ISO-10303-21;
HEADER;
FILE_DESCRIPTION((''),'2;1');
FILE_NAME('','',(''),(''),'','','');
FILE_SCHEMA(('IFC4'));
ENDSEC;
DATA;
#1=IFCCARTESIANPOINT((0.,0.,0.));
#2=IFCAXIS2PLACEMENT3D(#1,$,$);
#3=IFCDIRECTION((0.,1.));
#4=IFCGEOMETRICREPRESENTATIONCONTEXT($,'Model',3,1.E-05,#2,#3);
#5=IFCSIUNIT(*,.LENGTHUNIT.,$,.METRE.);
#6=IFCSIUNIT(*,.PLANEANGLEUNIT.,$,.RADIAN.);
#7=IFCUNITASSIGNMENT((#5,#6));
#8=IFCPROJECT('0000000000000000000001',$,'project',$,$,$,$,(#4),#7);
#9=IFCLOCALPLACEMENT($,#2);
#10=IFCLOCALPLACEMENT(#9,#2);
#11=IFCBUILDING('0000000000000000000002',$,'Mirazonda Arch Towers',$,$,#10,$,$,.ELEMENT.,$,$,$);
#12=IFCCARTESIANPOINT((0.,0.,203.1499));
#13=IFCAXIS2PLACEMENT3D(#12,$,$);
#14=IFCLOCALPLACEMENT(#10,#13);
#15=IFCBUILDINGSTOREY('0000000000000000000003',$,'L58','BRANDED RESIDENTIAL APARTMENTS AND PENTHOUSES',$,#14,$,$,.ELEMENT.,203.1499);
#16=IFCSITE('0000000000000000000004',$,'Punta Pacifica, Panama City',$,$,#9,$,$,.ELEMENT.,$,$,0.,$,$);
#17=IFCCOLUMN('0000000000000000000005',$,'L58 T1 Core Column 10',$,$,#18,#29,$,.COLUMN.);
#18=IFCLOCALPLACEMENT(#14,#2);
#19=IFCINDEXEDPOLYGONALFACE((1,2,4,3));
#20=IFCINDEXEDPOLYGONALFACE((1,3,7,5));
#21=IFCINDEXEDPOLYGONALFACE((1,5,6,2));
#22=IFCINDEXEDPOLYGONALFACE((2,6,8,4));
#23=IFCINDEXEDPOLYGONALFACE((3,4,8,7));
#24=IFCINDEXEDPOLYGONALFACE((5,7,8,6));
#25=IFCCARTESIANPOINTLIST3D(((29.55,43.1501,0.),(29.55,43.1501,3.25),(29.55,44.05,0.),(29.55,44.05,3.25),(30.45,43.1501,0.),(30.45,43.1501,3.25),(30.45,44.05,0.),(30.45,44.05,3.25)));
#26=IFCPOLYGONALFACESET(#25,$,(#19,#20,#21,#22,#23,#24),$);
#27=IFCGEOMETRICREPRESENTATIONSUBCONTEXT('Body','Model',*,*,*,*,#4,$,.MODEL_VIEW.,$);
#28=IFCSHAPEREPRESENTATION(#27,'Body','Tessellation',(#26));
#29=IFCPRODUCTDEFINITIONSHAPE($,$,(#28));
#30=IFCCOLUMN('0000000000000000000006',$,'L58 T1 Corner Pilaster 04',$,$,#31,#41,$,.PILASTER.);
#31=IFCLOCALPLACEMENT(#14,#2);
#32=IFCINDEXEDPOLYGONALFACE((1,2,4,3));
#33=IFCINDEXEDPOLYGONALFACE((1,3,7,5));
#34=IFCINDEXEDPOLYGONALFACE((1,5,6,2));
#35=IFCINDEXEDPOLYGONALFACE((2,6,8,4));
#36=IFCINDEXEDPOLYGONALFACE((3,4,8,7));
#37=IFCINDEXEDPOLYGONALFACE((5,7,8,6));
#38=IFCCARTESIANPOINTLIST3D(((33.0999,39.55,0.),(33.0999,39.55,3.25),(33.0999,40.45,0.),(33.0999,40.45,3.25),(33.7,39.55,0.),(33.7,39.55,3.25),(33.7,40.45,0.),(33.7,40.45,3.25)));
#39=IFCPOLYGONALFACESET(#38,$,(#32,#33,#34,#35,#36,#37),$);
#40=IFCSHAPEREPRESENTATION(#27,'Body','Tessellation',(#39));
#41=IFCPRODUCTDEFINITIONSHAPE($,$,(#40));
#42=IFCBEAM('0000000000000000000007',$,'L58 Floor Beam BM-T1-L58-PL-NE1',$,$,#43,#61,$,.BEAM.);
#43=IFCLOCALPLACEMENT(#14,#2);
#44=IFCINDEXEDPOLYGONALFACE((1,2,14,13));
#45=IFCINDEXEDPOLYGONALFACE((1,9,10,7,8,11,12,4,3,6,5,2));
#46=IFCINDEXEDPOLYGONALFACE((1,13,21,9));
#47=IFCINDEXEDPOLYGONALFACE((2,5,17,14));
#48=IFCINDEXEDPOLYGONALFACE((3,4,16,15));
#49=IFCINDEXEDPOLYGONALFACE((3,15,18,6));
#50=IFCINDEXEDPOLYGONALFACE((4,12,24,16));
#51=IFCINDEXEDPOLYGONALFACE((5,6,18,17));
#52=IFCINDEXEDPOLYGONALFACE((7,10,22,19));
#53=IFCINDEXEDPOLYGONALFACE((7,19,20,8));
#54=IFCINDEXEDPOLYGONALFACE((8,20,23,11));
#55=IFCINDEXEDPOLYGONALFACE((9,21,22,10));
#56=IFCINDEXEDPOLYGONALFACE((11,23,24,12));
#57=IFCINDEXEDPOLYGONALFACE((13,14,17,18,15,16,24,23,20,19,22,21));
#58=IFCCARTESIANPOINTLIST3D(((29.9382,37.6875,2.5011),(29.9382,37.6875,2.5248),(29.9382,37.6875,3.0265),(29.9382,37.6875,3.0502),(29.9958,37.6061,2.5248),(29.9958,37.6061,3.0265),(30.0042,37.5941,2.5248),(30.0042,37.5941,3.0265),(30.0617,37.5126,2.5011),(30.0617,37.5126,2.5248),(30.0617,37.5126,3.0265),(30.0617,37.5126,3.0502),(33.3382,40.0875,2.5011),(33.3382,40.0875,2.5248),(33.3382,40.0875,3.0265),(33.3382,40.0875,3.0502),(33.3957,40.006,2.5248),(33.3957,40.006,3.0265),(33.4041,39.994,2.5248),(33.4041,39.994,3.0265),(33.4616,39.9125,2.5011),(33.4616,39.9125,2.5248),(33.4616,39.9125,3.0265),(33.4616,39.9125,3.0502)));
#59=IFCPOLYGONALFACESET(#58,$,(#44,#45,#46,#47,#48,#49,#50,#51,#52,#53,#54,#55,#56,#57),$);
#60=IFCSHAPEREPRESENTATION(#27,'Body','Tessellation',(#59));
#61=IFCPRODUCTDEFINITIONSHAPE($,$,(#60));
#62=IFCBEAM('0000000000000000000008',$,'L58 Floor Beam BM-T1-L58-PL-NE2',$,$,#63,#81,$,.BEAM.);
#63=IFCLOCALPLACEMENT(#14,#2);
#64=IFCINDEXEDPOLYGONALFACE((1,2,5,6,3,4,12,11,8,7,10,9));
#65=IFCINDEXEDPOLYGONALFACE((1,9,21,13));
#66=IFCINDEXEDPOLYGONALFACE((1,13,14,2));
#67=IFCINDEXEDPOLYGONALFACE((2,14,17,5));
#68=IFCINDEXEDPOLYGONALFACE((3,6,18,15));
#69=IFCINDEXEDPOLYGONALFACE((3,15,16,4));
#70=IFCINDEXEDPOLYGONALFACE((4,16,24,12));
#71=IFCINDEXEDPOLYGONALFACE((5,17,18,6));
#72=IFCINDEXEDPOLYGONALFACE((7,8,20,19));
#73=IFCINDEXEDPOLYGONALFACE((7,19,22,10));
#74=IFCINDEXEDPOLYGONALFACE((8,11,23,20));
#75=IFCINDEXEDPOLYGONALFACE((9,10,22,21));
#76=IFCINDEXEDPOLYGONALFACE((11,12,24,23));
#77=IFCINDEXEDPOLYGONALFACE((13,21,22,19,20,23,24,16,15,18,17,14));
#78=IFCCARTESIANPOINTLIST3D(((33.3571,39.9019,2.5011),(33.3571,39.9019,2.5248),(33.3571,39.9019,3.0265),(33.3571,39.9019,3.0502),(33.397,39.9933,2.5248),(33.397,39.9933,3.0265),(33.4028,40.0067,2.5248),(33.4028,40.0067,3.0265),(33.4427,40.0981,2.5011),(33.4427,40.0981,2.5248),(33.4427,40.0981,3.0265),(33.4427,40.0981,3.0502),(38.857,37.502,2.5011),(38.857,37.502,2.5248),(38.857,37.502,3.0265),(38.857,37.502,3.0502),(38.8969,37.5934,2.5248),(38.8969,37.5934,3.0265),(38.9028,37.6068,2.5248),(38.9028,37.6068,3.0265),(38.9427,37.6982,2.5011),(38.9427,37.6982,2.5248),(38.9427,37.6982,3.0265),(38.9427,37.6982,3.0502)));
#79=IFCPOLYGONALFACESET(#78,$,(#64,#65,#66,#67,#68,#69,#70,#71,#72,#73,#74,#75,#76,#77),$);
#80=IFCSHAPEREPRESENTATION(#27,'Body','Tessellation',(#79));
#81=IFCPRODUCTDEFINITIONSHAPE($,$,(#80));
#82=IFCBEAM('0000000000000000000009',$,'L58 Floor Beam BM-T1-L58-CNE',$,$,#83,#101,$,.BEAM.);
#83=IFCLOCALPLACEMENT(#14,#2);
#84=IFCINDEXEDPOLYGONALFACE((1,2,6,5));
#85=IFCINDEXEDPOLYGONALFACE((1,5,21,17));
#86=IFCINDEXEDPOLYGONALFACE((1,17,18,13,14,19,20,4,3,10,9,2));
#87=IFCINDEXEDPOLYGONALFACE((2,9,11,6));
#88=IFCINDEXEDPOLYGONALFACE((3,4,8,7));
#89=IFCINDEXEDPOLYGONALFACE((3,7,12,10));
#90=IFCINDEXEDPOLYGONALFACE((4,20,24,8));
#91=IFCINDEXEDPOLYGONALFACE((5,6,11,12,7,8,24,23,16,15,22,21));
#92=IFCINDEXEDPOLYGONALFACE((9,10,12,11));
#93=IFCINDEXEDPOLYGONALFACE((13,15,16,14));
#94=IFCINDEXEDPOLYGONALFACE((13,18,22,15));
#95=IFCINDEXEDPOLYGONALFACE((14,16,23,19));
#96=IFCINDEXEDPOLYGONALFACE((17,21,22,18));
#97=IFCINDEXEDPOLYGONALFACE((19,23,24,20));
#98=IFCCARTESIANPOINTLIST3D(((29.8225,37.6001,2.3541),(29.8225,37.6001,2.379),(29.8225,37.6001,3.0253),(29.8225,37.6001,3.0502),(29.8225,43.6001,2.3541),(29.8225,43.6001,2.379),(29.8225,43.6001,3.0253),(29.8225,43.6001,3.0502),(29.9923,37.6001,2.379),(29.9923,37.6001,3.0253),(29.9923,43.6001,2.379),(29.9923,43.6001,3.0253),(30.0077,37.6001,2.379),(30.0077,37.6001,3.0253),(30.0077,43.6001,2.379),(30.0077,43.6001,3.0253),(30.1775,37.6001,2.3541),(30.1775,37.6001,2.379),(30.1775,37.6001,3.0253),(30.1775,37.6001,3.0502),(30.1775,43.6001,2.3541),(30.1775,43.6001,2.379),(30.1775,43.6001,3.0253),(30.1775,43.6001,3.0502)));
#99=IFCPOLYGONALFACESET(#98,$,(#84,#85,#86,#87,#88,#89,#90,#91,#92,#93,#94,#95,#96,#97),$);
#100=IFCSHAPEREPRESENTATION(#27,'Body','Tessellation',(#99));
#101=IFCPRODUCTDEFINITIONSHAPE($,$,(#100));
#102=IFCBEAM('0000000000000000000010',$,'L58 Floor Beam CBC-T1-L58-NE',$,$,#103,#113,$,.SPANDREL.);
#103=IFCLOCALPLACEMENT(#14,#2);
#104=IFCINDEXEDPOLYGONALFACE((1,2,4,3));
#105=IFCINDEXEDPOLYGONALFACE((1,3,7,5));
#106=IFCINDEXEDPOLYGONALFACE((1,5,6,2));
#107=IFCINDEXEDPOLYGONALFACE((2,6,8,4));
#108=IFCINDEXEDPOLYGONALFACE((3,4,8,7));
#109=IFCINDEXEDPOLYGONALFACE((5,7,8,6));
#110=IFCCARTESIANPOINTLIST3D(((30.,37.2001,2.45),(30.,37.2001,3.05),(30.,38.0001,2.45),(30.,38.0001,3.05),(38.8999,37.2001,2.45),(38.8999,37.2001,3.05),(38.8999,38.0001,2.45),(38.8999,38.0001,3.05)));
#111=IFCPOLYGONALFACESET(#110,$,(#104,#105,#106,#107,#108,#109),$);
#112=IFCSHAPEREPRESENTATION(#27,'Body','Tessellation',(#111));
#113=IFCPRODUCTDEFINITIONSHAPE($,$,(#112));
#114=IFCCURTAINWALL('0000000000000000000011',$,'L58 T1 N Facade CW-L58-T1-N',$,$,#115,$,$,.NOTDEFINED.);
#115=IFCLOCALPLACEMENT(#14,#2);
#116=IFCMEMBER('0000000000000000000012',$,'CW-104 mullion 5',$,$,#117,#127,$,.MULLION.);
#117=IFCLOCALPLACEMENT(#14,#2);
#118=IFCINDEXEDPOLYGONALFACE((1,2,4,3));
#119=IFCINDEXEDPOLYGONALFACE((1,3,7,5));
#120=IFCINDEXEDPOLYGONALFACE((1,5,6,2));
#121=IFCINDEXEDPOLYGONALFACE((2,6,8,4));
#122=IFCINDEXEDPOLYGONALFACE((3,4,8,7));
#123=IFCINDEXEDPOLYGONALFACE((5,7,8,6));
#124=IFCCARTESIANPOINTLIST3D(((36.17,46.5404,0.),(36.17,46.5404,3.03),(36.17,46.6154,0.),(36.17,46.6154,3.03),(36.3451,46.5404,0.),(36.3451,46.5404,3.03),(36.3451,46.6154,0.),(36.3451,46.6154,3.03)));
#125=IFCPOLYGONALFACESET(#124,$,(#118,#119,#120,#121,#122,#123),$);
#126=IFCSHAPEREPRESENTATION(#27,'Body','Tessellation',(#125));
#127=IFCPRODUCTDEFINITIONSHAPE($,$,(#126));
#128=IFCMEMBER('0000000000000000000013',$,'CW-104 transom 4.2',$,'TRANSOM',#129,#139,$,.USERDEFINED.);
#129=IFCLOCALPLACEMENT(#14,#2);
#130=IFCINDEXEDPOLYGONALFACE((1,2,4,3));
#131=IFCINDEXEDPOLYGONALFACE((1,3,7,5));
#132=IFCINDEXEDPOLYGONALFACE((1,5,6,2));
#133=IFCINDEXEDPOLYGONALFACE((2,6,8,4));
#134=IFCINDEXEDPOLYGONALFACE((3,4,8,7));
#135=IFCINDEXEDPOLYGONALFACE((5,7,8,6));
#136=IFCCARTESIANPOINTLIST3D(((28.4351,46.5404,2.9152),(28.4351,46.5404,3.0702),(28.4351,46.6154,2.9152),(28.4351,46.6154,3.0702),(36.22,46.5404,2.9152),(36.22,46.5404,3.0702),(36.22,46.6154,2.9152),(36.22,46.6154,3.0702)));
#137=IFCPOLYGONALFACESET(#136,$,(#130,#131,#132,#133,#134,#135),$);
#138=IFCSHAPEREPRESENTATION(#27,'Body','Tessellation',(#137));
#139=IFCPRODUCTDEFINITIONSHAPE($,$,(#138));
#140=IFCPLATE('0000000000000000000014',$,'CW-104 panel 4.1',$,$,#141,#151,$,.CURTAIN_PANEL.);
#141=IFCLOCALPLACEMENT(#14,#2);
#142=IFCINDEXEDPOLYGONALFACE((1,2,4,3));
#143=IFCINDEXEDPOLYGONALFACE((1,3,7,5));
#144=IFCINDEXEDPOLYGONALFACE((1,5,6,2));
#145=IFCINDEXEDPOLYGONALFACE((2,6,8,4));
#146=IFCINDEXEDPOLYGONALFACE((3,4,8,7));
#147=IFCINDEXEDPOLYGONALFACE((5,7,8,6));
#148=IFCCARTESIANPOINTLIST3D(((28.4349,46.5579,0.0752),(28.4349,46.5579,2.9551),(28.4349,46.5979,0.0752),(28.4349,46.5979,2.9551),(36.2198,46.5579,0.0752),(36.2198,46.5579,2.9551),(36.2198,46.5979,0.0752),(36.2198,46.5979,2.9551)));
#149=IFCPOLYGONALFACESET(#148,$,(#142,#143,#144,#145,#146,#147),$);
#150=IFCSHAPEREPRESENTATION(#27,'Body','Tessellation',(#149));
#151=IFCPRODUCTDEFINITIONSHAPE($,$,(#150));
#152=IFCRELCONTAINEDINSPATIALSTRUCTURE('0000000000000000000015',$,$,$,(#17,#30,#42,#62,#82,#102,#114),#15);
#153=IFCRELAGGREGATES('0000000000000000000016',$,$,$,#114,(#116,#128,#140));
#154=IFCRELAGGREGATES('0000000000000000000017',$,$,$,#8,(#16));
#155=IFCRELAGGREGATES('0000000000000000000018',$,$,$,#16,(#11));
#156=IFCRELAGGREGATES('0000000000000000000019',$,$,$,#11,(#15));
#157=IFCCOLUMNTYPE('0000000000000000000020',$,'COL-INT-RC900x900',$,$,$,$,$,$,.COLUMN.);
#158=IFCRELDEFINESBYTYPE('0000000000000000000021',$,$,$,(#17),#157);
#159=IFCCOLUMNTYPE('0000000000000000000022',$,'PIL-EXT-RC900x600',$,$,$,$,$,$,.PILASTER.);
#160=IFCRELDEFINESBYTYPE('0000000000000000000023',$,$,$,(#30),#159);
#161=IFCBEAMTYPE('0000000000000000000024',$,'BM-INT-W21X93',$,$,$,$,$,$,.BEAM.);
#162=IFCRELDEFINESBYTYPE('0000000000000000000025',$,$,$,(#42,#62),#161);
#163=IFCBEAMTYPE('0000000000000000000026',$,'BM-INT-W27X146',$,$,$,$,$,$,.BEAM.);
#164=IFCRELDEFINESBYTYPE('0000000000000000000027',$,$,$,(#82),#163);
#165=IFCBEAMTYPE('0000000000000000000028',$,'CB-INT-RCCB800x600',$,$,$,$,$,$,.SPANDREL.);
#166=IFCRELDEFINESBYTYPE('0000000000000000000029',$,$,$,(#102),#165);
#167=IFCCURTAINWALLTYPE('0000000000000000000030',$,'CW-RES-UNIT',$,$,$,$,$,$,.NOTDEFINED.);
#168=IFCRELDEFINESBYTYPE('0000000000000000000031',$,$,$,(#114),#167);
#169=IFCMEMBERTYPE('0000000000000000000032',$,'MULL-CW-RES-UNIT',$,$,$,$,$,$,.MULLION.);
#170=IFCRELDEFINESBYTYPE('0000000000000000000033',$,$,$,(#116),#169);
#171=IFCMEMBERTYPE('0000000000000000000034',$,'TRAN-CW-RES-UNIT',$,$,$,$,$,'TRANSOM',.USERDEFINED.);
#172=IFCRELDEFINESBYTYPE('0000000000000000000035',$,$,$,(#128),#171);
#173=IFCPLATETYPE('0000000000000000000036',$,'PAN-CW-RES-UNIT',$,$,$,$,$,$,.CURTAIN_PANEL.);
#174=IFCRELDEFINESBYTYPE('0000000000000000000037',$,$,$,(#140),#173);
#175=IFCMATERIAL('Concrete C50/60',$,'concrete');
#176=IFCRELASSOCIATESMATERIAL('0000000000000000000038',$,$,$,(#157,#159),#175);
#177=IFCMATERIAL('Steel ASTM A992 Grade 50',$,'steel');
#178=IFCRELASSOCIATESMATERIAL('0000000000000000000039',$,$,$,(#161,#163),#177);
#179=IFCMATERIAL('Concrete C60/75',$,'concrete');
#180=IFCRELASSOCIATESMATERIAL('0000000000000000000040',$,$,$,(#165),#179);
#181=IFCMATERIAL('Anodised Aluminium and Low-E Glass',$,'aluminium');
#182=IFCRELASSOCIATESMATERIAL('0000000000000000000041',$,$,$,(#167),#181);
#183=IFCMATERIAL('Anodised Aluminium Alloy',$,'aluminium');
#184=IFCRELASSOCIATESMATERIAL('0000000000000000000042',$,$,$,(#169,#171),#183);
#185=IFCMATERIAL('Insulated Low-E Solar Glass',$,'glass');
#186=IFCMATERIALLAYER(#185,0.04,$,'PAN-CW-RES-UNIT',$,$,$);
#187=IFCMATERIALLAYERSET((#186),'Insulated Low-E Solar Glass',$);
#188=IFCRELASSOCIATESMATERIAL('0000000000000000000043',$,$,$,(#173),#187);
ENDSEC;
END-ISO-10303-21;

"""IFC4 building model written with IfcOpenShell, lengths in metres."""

from ifc_helpers import new_model, si_unit, direction, frame, origin, origin_2d, place, context, subcontext, project, spatial, rectangle, i_section, extrude, material, layer, layer_set, material_profile, profile_set, type_object, element, aggregate, save


model = new_model("IFC4")

# Units and contexts
model_context = context("Model", 3, precision=1e-05, world=origin(), true_north=direction((0.0, 1.0)))
body_context = subcontext(model_context, "Body", "Model", "MODEL_VIEW")
ifc_project = project(units=[si_unit("LENGTHUNIT", "METRE"), si_unit("PLANEANGLEUNIT", "RADIAN")], contexts=[model_context])

# Site, building, storey
site_placement = place(None, origin())
site = spatial("IfcSite", under=ifc_project, at=site_placement, Name="Punta Pacifica, Panama City", CompositionType="ELEMENT", RefElevation=0.0)
building_placement = place(site_placement, origin())
building = spatial("IfcBuilding", under=site, at=building_placement, Name="Mirazonda Arch Towers", CompositionType="ELEMENT")
storey_placement = place(building_placement, frame((0.0, 0.0, 203.1499)))
storey = spatial("IfcBuildingStorey", under=building, at=storey_placement, Name="L58", Description="BRANDED RESIDENTIAL APARTMENTS AND PENTHOUSES", CompositionType="ELEMENT", Elevation=203.1499)

# Columns
ifc_material_1 = material(Name="Concrete C50/60", Category="concrete")
ifc_material_profile_1 = material_profile(ifc_material_1, rectangle(XDim=0.8999, YDim=0.8999, at=origin_2d()), Name="RC900x900")
ifc_profile_set_1 = profile_set([ifc_material_profile_1], Name="Concrete C50/60")
column_type_1 = type_object("IfcColumnType", Name="COL-INT-RC900x900", PredefinedType="COLUMN", material=ifc_profile_set_1)
column_1_placement = place(storey_placement, frame((30.0, 43.6001, 0.0), z_axis=(0.0, 0.0, 1.0), x_axis=(1.0, 0.0, 0.0)))
element("IfcColumn", 1, at=column_1_placement, inside=storey, type_object=column_type_1, Name="L58 T1 Core Column 10", PredefinedType="COLUMN", context=body_context, shape_type="SweptSolid", body=[
    extrude(rectangle(XDim=0.8999, YDim=0.8999, at=origin_2d()), origin(), (0.0, 0.0, 1.0), 3.25),
])
ifc_material_profile_2 = material_profile(ifc_material_1, rectangle(XDim=0.6001, YDim=0.8999, at=origin_2d()), Name="RC900x600")
ifc_profile_set_2 = profile_set([ifc_material_profile_2], Name="Concrete C50/60")
column_type_2 = type_object("IfcColumnType", Name="PIL-EXT-RC900x600", PredefinedType="PILASTER", material=ifc_profile_set_2)
column_2_placement = place(storey_placement, frame((33.3999, 40.0, 0.0), z_axis=(0.0, 0.0, 1.0), x_axis=(1.0, 0.0, 0.0)))
element("IfcColumn", 2, at=column_2_placement, inside=storey, type_object=column_type_2, Name="L58 T1 Corner Pilaster 04", PredefinedType="PILASTER", context=body_context, shape_type="SweptSolid", body=[
    extrude(rectangle(XDim=0.6001, YDim=0.8999, at=origin_2d()), origin(), (0.0, 0.0, 1.0), 3.25),
])

# Beams
ifc_material_2 = material(Name="Steel ASTM A992 Grade 50", Category="steel")
ifc_material_profile_3 = material_profile(ifc_material_2, i_section(OverallWidth=0.2141, OverallDepth=0.5491, WebThickness=0.0146, FlangeThickness=0.0237, at=origin_2d()), Name="W21X93")
ifc_profile_set_3 = profile_set([ifc_material_profile_3], Name="Steel ASTM A992 Grade 50")
beam_type_1 = type_object("IfcBeamType", Name="BM-INT-W21X93", PredefinedType="BEAM", material=ifc_profile_set_3)
beam_1_placement = place(storey_placement, frame((33.3999, 40.0, 2.7756), z_axis=(-0.816971, -0.576679, 0.0), x_axis=(0.576679, -0.816971, 0.0)))
element("IfcBeam", 3, at=beam_1_placement, inside=storey, type_object=beam_type_1, Name="L58 Floor Beam BM-T1-L58-PL-NE1", PredefinedType="BEAM", context=body_context, shape_type="SweptSolid", body=[
    extrude(i_section(OverallWidth=0.2141, OverallDepth=0.5491, WebThickness=0.0146, FlangeThickness=0.0237, at=origin_2d()), origin(), (0.0, 0.0, 1.0), 4.1616),
])
beam_2_placement = place(storey_placement, frame((33.3999, 40.0, 2.7756), z_axis=(0.916545, -0.399931, 0.0), x_axis=(0.399931, 0.916545, 0.0)))
element("IfcBeam", 4, at=beam_2_placement, inside=storey, type_object=beam_type_1, Name="L58 Floor Beam BM-T1-L58-PL-NE2", PredefinedType="BEAM", context=body_context, shape_type="SweptSolid", body=[
    extrude(i_section(OverallWidth=0.2141, OverallDepth=0.5491, WebThickness=0.0146, FlangeThickness=0.0237, at=origin_2d()), origin(), (0.0, 0.0, 1.0), 6.0007),
])
ifc_material_profile_4 = material_profile(ifc_material_2, i_section(OverallWidth=0.355, OverallDepth=0.696, WebThickness=0.0154, FlangeThickness=0.0249, at=origin_2d()), Name="W27X146")
ifc_profile_set_4 = profile_set([ifc_material_profile_4], Name="Steel ASTM A992 Grade 50")
beam_type_2 = type_object("IfcBeamType", Name="BM-INT-W27X146", PredefinedType="BEAM", material=ifc_profile_set_4)
beam_3_placement = place(storey_placement, frame((30.0, 37.6001, 2.7021), z_axis=(0.0, 1.0, 0.0), x_axis=(-1.0, 0.0, 0.0)))
element("IfcBeam", 5, at=beam_3_placement, inside=storey, type_object=beam_type_2, Name="L58 Floor Beam BM-T1-L58-CNE", PredefinedType="BEAM", context=body_context, shape_type="SweptSolid", body=[
    extrude(i_section(OverallWidth=0.355, OverallDepth=0.696, WebThickness=0.0154, FlangeThickness=0.0249, at=origin_2d()), origin(), (0.0, 0.0, 1.0), 6.0),
])
ifc_material_3 = material(Name="Concrete C60/75", Category="concrete")
ifc_material_profile_5 = material_profile(ifc_material_3, rectangle(XDim=0.8, YDim=0.6001, at=origin_2d()), Name="RCCB800x600")
ifc_profile_set_5 = profile_set([ifc_material_profile_5], Name="Concrete C60/75")
beam_type_3 = type_object("IfcBeamType", Name="CB-INT-RCCB800x600", PredefinedType="SPANDREL", material=ifc_profile_set_5)
beam_4_placement = place(storey_placement, frame((30.0, 37.6001, 2.75), z_axis=(1.0, 0.0, 0.0), x_axis=(0.0, 1.0, 0.0)))
element("IfcBeam", 6, at=beam_4_placement, inside=storey, type_object=beam_type_3, Name="L58 Floor Beam CBC-T1-L58-NE", PredefinedType="SPANDREL", context=body_context, shape_type="SweptSolid", body=[
    extrude(rectangle(XDim=0.8, YDim=0.6001, at=origin_2d()), origin(), (0.0, 0.0, 1.0), 8.8999),
])

# Curtain wall, members, plate
ifc_material_4 = material(Name="Anodised Aluminium and Low-E Glass", Category="aluminium")
curtain_wall_type = type_object("IfcCurtainWallType", Name="CW-RES-UNIT", PredefinedType="NOTDEFINED", material=ifc_material_4)
curtain_wall_placement = place(storey_placement, origin())
curtain_wall = element("IfcCurtainWall", 7, at=curtain_wall_placement, inside=storey, type_object=curtain_wall_type, Name="L58 T1 N Facade CW-L58-T1-N", PredefinedType="NOTDEFINED")
ifc_material_5 = material(Name="Anodised Aluminium Alloy", Category="aluminium")
ifc_material_profile_6 = material_profile(ifc_material_5, rectangle(XDim=0.075, YDim=0.175, at=origin_2d()), Name="ALU-MULL-75x175")
ifc_profile_set_6 = profile_set([ifc_material_profile_6], Name="Anodised Aluminium Alloy")
member_type_1 = type_object("IfcMemberType", Name="MULL-CW-RES-UNIT", PredefinedType="MULLION", material=ifc_profile_set_6)
member_1_placement = place(storey_placement, frame((36.2576, 46.5779, 0.0), z_axis=(0.0, 0.0, 1.0), x_axis=(0.0, 1.0, 0.0)))
member_1 = element("IfcMember", 8, at=member_1_placement, type_object=member_type_1, Name="CW-104 mullion 5", PredefinedType="MULLION", context=body_context, shape_type="SweptSolid", body=[
    extrude(rectangle(XDim=0.075, YDim=0.175, at=origin_2d()), origin(), (0.0, 0.0, 1.0), 3.03),
])
ifc_material_profile_7 = material_profile(ifc_material_5, rectangle(XDim=0.075, YDim=0.155, at=origin_2d()), Name="ALU-TRAN-75x155")
ifc_profile_set_7 = profile_set([ifc_material_profile_7], Name="Anodised Aluminium Alloy")
member_type_2 = type_object("IfcMemberType", Name="TRAN-CW-RES-UNIT", ElementType="TRANSOM", PredefinedType="USERDEFINED", material=ifc_profile_set_7)
member_2_placement = place(storey_placement, frame((28.4351, 46.5779, 2.9927), z_axis=(1.0, 0.0, 0.0), x_axis=(0.0, 1.0, 0.0)))
member_2 = element("IfcMember", 9, at=member_2_placement, type_object=member_type_2, Name="CW-104 transom 4.2", ObjectType="TRANSOM", PredefinedType="USERDEFINED", context=body_context, shape_type="SweptSolid", body=[
    extrude(rectangle(XDim=0.075, YDim=0.155, at=origin_2d()), origin(), (0.0, 0.0, 1.0), 7.7849),
])
ifc_material_6 = material(Name="Insulated Low-E Solar Glass", Category="glass")
ifc_layer_1 = layer(ifc_material_6, 0.04, Name="PAN-CW-RES-UNIT")
ifc_layer_set_1 = layer_set([ifc_layer_1], Name="Insulated Low-E Solar Glass")
plate_type = type_object("IfcPlateType", Name="PAN-CW-RES-UNIT", PredefinedType="CURTAIN_PANEL", material=ifc_layer_set_1)
plate_placement = place(storey_placement, frame((32.3274, 46.5779, 0.0752), z_axis=(0.0, 0.0, 1.0), x_axis=(1.0, 0.0, 0.0)))
plate = element("IfcPlate", 10, at=plate_placement, type_object=plate_type, Name="CW-104 panel 4.1", PredefinedType="CURTAIN_PANEL", context=body_context, shape_type="SweptSolid", body=[
    extrude(rectangle(XDim=7.7849, YDim=0.04, at=origin_2d()), origin(), (0.0, 0.0, 1.0), 2.8799),
])
aggregate(curtain_wall, [member_1, member_2, plate])

save(model, "model.ifc")
